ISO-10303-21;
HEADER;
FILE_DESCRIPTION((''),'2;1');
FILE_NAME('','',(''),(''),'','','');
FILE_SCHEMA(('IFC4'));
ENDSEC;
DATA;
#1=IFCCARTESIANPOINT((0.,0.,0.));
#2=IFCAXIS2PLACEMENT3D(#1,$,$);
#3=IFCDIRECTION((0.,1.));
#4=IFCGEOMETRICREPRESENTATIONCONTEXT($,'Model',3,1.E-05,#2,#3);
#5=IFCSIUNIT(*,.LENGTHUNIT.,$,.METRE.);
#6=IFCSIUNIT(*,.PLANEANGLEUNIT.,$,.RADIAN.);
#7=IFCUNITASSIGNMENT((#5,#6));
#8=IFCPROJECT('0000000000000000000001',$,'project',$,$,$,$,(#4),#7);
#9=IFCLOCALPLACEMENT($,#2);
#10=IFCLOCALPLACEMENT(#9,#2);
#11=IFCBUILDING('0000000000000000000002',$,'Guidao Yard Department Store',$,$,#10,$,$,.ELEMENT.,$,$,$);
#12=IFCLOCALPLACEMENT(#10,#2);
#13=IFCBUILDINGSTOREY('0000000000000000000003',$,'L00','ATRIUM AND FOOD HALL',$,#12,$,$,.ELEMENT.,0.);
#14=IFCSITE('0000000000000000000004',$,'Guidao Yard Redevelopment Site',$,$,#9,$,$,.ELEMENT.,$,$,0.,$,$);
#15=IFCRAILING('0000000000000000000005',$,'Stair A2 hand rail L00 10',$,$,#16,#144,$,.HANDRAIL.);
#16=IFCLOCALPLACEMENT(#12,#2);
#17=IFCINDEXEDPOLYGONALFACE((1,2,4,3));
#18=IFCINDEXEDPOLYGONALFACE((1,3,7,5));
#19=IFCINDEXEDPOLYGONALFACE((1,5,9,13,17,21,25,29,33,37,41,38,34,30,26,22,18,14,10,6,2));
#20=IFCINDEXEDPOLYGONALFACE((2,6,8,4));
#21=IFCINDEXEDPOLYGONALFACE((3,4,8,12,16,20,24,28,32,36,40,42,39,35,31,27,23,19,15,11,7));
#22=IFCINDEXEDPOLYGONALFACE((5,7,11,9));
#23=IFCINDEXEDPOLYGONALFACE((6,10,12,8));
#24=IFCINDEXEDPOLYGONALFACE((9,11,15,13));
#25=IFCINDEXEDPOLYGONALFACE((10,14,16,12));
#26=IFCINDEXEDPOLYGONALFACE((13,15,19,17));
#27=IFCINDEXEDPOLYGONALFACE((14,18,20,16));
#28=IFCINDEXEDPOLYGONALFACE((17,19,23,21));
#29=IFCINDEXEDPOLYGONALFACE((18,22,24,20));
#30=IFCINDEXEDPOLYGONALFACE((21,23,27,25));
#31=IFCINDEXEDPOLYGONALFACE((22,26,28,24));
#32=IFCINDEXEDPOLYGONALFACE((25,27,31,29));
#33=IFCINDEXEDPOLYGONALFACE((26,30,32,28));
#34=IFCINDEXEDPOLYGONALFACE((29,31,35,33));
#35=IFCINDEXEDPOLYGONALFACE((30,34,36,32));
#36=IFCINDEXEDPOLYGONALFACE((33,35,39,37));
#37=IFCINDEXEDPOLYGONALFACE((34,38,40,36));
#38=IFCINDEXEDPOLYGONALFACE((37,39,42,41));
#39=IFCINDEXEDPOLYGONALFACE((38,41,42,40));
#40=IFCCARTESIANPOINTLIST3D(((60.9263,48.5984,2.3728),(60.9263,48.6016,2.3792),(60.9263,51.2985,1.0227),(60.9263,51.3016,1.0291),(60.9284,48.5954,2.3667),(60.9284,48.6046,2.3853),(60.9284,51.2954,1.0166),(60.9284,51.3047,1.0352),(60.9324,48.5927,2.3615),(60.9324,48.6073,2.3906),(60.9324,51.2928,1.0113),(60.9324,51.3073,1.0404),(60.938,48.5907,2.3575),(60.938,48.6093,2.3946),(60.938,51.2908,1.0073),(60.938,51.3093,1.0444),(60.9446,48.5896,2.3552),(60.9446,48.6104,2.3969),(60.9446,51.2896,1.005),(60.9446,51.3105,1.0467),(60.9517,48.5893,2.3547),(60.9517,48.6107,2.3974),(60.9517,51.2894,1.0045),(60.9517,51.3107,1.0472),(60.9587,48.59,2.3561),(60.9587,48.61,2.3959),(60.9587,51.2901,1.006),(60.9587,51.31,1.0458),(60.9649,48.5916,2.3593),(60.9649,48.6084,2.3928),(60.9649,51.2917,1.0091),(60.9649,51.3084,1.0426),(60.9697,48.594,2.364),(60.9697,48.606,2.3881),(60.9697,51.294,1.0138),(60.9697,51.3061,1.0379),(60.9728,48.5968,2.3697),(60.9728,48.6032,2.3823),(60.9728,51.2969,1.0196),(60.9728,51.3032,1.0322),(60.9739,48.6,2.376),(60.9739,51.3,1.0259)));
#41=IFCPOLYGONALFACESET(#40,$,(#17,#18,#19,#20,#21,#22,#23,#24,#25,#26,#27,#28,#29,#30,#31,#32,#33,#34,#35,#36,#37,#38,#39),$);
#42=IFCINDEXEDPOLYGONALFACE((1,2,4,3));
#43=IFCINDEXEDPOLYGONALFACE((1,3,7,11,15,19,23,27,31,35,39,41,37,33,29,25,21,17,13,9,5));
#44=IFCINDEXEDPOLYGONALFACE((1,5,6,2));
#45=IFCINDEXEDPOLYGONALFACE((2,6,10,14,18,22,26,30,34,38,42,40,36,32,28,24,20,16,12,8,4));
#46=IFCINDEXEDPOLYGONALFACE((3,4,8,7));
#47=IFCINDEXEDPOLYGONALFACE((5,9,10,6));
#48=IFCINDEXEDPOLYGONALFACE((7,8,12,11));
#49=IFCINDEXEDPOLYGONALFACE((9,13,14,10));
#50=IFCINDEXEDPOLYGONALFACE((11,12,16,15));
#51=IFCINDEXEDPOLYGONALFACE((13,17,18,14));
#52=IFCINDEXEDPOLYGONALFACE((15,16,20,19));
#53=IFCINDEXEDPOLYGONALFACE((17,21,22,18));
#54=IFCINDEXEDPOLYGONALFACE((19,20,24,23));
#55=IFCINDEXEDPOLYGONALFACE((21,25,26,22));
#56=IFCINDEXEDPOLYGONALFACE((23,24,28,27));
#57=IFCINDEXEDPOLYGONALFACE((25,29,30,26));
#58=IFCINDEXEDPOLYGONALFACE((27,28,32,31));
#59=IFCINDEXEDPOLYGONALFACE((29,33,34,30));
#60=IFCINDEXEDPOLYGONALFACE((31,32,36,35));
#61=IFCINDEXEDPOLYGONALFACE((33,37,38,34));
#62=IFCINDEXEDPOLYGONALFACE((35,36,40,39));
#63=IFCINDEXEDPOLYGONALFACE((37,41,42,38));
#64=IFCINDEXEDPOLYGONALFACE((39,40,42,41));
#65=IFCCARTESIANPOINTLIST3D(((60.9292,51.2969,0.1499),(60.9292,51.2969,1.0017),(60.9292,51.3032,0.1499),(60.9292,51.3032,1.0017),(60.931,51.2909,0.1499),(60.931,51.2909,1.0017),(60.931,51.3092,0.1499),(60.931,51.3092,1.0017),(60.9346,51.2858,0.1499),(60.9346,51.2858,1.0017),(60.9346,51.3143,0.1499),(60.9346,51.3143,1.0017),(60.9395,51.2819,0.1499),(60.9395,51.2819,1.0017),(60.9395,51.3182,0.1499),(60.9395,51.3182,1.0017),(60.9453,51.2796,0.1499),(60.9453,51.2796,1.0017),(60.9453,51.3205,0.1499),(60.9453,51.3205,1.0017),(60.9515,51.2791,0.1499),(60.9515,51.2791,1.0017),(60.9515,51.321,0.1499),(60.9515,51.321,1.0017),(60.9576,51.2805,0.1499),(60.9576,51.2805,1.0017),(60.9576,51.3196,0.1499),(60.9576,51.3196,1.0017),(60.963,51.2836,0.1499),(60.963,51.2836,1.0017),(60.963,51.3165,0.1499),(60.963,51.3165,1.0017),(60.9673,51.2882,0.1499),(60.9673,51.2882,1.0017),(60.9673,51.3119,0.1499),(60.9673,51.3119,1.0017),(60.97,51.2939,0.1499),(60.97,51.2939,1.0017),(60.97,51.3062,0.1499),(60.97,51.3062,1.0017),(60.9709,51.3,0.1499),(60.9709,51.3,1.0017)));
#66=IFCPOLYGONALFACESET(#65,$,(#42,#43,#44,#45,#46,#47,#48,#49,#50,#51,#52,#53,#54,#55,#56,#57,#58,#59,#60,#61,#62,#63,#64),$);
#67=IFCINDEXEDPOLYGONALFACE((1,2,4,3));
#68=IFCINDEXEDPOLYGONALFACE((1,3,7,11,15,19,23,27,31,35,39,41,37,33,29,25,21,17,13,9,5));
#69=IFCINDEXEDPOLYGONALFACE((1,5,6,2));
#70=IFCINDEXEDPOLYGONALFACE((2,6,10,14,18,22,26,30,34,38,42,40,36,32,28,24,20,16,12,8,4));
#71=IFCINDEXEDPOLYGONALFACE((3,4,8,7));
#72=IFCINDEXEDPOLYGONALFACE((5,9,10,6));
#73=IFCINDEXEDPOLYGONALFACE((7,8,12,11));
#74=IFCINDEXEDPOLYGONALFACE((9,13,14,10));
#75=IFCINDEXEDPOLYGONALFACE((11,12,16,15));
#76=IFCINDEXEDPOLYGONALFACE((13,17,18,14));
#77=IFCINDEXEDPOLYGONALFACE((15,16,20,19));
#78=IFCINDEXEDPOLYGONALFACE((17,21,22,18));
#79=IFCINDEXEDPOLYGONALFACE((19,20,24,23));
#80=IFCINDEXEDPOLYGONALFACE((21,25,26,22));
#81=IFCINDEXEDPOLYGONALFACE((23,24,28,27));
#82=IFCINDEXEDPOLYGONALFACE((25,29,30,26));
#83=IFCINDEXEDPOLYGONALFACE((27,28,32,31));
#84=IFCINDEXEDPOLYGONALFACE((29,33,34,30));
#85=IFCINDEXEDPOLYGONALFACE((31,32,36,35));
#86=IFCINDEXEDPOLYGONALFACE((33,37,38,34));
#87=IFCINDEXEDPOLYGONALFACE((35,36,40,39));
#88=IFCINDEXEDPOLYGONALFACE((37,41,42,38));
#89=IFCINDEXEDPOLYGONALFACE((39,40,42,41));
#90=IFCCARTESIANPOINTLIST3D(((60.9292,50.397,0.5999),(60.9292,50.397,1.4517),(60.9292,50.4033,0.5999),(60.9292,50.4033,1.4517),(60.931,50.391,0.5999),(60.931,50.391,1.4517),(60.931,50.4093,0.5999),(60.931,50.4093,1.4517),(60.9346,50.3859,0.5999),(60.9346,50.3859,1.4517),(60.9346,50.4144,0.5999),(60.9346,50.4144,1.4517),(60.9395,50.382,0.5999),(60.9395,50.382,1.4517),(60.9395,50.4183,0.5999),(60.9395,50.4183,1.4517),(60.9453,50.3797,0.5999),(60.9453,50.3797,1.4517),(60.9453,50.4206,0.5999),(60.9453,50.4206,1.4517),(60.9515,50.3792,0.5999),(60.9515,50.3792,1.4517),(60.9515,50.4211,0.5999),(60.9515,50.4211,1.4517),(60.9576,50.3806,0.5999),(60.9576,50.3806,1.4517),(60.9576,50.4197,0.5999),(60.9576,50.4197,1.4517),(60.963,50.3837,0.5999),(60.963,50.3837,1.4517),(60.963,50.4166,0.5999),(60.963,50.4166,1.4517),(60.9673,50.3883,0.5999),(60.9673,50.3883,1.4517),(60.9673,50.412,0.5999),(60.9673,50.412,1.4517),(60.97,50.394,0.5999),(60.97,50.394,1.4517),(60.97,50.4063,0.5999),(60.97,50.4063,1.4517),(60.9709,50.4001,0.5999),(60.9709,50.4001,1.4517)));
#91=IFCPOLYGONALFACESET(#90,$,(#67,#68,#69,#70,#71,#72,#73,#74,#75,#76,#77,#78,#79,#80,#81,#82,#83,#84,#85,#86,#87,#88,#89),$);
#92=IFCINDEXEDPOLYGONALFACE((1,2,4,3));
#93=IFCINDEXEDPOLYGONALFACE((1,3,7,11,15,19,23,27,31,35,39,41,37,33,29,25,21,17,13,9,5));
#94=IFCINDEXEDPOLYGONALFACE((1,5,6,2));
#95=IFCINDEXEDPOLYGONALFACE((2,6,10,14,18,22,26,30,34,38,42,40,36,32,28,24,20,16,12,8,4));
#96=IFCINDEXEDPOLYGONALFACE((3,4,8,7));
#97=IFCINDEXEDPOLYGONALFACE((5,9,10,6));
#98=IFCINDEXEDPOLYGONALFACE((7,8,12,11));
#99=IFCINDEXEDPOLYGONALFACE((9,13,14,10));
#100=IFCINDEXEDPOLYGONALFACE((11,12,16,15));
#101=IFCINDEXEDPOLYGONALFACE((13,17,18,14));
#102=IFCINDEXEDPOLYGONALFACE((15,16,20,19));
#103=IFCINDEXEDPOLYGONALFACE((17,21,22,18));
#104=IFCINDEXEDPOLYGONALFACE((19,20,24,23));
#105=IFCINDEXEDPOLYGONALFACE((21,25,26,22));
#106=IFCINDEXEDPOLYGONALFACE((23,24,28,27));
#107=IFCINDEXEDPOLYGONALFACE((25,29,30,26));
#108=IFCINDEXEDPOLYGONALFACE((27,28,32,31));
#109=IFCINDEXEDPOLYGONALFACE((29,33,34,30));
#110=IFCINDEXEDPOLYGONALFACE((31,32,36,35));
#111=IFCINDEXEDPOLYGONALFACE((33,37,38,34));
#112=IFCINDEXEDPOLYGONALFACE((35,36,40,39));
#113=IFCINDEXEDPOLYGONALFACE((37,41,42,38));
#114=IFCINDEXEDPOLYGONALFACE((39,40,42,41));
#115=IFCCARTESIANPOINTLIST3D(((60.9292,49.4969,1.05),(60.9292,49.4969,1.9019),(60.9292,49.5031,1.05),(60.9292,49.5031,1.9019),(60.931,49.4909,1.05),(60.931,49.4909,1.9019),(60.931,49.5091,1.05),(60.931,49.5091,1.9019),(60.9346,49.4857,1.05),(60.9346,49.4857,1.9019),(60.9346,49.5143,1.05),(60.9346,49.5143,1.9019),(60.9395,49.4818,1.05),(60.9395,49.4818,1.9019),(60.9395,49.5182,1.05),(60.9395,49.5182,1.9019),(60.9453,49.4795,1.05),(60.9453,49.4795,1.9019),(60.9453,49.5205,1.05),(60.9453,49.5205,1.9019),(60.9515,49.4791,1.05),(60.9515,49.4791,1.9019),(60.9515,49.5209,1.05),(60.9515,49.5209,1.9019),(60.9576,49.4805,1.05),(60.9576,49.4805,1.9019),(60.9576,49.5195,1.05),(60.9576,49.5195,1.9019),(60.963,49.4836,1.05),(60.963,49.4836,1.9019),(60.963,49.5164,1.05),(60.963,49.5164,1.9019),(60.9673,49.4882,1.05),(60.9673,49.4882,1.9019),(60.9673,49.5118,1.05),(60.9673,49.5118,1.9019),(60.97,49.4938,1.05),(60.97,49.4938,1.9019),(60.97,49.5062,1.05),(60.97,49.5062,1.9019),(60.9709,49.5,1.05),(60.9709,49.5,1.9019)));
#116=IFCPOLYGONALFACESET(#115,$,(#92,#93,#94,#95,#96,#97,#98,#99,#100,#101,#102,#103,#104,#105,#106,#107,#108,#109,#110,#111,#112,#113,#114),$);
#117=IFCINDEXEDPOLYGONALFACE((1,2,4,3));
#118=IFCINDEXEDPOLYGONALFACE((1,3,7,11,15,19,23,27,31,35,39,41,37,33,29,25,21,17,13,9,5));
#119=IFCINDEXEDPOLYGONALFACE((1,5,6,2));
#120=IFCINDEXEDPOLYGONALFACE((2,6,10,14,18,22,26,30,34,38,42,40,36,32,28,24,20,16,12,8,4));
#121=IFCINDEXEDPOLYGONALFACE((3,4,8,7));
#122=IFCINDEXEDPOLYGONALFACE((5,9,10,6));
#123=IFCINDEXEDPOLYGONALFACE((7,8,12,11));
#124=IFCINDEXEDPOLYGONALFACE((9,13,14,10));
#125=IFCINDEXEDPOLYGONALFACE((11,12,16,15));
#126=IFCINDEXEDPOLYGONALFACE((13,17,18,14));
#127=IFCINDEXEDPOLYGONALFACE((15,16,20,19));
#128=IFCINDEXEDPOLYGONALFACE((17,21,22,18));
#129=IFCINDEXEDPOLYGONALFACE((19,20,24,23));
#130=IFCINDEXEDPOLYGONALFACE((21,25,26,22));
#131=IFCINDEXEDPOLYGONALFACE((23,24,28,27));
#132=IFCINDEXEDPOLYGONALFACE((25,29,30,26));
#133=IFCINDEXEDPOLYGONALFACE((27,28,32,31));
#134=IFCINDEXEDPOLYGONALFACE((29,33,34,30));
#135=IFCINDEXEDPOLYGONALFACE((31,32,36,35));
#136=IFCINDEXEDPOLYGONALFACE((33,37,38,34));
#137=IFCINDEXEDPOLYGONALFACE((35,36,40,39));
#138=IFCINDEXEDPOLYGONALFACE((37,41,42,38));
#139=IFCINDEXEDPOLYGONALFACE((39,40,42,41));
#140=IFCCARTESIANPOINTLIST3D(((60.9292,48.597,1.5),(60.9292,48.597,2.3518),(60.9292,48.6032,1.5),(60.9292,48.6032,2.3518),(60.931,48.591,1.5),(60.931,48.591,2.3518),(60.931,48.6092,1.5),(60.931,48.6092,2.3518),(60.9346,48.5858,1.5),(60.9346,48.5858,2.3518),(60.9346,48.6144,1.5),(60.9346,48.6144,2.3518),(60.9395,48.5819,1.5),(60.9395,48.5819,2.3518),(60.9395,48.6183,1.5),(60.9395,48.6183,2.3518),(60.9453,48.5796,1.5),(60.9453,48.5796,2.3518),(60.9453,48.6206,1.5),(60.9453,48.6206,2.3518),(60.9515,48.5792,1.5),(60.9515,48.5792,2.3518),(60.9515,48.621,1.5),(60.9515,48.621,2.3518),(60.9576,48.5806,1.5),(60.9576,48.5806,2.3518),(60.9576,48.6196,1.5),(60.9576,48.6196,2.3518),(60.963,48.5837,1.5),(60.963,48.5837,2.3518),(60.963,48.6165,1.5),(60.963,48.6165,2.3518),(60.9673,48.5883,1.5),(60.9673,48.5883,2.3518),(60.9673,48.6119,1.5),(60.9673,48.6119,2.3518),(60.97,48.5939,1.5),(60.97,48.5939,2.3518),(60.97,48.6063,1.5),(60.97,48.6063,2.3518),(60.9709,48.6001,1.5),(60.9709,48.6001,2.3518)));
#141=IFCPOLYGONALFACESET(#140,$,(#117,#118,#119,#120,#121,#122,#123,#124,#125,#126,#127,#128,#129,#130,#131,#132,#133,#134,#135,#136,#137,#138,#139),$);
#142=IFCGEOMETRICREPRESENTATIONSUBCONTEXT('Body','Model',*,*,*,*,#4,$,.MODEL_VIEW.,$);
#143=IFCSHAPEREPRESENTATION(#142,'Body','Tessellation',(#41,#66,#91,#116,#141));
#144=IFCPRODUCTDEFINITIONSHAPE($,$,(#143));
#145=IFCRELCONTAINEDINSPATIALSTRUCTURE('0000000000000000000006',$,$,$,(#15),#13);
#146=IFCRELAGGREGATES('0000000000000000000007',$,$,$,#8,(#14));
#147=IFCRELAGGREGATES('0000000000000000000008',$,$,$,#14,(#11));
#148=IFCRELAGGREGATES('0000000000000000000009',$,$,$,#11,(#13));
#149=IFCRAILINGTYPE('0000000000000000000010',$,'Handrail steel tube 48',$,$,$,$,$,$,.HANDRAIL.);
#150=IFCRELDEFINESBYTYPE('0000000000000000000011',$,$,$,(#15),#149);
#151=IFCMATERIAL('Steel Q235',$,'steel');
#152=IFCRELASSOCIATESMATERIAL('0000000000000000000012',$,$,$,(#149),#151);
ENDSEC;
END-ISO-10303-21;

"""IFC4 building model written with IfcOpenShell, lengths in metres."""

from ifc_helpers import new_model, si_unit, direction, frame, origin, origin_2d, place, context, subcontext, project, spatial, circle, extrude, material, type_object, element, save


model = new_model("IFC4")

# Units and contexts
model_context = context("Model", 3, precision=1e-05, world=origin(), true_north=direction((0.0, 1.0)))
body_context = subcontext(model_context, "Body", "Model", "MODEL_VIEW")
ifc_project = project(units=[si_unit("LENGTHUNIT", "METRE"), si_unit("PLANEANGLEUNIT", "RADIAN")], contexts=[model_context])

# Site, building, storey
site_placement = place(None, origin())
site = spatial("IfcSite", under=ifc_project, at=site_placement, Name="Guidao Yard Redevelopment Site", CompositionType="ELEMENT", RefElevation=0.0)
building_placement = place(site_placement, origin())
building = spatial("IfcBuilding", under=site, at=building_placement, Name="Guidao Yard Department Store", CompositionType="ELEMENT")
storey_placement = place(building_placement, origin())
storey = spatial("IfcBuildingStorey", under=building, at=storey_placement, Name="L00", Description="ATRIUM AND FOOD HALL", CompositionType="ELEMENT", Elevation=0.0)

# Railing
ifc_material_1 = material(Name="Steel Q235", Category="steel")
railing_type = type_object("IfcRailingType", Name="Handrail steel tube 48", PredefinedType="HANDRAIL", material=ifc_material_1)
for number, where, name in (
    (1, (60.95, 51.3, 0.1499), "Stair A2 hand rail L00 10"),
):
    element("IfcRailing", number, at=place(storey_placement, frame(where)), inside=storey, type_object=railing_type, Name=name, PredefinedType="HANDRAIL", context=body_context, shape_type="SweptSolid", body=[
        extrude(circle(Radius=0.0239, at=origin_2d()), frame((0.0, 0.0, 0.876), z_axis=(0.0, -0.894411, 0.447246), x_axis=(1.0, 0.0, 0.0)), (0.0, 0.0, 1.0), 3.0188),
        extrude(circle(Radius=0.021, at=origin_2d()), origin(), (0.0, 0.0, 1.0), 0.8518),
        extrude(circle(Radius=0.021, at=origin_2d()), frame((0.0, -0.8999, 0.45)), (0.0, 0.0, 1.0), 0.8518),
        extrude(circle(Radius=0.021, at=origin_2d()), frame((0.0, -1.8, 0.9001)), (0.0, 0.0, 1.0), 0.8518),
        extrude(circle(Radius=0.021, at=origin_2d()), frame((0.0, -2.7, 1.3501)), (0.0, 0.0, 1.0), 0.8518),
    ])

save(model, "model.ifc")
